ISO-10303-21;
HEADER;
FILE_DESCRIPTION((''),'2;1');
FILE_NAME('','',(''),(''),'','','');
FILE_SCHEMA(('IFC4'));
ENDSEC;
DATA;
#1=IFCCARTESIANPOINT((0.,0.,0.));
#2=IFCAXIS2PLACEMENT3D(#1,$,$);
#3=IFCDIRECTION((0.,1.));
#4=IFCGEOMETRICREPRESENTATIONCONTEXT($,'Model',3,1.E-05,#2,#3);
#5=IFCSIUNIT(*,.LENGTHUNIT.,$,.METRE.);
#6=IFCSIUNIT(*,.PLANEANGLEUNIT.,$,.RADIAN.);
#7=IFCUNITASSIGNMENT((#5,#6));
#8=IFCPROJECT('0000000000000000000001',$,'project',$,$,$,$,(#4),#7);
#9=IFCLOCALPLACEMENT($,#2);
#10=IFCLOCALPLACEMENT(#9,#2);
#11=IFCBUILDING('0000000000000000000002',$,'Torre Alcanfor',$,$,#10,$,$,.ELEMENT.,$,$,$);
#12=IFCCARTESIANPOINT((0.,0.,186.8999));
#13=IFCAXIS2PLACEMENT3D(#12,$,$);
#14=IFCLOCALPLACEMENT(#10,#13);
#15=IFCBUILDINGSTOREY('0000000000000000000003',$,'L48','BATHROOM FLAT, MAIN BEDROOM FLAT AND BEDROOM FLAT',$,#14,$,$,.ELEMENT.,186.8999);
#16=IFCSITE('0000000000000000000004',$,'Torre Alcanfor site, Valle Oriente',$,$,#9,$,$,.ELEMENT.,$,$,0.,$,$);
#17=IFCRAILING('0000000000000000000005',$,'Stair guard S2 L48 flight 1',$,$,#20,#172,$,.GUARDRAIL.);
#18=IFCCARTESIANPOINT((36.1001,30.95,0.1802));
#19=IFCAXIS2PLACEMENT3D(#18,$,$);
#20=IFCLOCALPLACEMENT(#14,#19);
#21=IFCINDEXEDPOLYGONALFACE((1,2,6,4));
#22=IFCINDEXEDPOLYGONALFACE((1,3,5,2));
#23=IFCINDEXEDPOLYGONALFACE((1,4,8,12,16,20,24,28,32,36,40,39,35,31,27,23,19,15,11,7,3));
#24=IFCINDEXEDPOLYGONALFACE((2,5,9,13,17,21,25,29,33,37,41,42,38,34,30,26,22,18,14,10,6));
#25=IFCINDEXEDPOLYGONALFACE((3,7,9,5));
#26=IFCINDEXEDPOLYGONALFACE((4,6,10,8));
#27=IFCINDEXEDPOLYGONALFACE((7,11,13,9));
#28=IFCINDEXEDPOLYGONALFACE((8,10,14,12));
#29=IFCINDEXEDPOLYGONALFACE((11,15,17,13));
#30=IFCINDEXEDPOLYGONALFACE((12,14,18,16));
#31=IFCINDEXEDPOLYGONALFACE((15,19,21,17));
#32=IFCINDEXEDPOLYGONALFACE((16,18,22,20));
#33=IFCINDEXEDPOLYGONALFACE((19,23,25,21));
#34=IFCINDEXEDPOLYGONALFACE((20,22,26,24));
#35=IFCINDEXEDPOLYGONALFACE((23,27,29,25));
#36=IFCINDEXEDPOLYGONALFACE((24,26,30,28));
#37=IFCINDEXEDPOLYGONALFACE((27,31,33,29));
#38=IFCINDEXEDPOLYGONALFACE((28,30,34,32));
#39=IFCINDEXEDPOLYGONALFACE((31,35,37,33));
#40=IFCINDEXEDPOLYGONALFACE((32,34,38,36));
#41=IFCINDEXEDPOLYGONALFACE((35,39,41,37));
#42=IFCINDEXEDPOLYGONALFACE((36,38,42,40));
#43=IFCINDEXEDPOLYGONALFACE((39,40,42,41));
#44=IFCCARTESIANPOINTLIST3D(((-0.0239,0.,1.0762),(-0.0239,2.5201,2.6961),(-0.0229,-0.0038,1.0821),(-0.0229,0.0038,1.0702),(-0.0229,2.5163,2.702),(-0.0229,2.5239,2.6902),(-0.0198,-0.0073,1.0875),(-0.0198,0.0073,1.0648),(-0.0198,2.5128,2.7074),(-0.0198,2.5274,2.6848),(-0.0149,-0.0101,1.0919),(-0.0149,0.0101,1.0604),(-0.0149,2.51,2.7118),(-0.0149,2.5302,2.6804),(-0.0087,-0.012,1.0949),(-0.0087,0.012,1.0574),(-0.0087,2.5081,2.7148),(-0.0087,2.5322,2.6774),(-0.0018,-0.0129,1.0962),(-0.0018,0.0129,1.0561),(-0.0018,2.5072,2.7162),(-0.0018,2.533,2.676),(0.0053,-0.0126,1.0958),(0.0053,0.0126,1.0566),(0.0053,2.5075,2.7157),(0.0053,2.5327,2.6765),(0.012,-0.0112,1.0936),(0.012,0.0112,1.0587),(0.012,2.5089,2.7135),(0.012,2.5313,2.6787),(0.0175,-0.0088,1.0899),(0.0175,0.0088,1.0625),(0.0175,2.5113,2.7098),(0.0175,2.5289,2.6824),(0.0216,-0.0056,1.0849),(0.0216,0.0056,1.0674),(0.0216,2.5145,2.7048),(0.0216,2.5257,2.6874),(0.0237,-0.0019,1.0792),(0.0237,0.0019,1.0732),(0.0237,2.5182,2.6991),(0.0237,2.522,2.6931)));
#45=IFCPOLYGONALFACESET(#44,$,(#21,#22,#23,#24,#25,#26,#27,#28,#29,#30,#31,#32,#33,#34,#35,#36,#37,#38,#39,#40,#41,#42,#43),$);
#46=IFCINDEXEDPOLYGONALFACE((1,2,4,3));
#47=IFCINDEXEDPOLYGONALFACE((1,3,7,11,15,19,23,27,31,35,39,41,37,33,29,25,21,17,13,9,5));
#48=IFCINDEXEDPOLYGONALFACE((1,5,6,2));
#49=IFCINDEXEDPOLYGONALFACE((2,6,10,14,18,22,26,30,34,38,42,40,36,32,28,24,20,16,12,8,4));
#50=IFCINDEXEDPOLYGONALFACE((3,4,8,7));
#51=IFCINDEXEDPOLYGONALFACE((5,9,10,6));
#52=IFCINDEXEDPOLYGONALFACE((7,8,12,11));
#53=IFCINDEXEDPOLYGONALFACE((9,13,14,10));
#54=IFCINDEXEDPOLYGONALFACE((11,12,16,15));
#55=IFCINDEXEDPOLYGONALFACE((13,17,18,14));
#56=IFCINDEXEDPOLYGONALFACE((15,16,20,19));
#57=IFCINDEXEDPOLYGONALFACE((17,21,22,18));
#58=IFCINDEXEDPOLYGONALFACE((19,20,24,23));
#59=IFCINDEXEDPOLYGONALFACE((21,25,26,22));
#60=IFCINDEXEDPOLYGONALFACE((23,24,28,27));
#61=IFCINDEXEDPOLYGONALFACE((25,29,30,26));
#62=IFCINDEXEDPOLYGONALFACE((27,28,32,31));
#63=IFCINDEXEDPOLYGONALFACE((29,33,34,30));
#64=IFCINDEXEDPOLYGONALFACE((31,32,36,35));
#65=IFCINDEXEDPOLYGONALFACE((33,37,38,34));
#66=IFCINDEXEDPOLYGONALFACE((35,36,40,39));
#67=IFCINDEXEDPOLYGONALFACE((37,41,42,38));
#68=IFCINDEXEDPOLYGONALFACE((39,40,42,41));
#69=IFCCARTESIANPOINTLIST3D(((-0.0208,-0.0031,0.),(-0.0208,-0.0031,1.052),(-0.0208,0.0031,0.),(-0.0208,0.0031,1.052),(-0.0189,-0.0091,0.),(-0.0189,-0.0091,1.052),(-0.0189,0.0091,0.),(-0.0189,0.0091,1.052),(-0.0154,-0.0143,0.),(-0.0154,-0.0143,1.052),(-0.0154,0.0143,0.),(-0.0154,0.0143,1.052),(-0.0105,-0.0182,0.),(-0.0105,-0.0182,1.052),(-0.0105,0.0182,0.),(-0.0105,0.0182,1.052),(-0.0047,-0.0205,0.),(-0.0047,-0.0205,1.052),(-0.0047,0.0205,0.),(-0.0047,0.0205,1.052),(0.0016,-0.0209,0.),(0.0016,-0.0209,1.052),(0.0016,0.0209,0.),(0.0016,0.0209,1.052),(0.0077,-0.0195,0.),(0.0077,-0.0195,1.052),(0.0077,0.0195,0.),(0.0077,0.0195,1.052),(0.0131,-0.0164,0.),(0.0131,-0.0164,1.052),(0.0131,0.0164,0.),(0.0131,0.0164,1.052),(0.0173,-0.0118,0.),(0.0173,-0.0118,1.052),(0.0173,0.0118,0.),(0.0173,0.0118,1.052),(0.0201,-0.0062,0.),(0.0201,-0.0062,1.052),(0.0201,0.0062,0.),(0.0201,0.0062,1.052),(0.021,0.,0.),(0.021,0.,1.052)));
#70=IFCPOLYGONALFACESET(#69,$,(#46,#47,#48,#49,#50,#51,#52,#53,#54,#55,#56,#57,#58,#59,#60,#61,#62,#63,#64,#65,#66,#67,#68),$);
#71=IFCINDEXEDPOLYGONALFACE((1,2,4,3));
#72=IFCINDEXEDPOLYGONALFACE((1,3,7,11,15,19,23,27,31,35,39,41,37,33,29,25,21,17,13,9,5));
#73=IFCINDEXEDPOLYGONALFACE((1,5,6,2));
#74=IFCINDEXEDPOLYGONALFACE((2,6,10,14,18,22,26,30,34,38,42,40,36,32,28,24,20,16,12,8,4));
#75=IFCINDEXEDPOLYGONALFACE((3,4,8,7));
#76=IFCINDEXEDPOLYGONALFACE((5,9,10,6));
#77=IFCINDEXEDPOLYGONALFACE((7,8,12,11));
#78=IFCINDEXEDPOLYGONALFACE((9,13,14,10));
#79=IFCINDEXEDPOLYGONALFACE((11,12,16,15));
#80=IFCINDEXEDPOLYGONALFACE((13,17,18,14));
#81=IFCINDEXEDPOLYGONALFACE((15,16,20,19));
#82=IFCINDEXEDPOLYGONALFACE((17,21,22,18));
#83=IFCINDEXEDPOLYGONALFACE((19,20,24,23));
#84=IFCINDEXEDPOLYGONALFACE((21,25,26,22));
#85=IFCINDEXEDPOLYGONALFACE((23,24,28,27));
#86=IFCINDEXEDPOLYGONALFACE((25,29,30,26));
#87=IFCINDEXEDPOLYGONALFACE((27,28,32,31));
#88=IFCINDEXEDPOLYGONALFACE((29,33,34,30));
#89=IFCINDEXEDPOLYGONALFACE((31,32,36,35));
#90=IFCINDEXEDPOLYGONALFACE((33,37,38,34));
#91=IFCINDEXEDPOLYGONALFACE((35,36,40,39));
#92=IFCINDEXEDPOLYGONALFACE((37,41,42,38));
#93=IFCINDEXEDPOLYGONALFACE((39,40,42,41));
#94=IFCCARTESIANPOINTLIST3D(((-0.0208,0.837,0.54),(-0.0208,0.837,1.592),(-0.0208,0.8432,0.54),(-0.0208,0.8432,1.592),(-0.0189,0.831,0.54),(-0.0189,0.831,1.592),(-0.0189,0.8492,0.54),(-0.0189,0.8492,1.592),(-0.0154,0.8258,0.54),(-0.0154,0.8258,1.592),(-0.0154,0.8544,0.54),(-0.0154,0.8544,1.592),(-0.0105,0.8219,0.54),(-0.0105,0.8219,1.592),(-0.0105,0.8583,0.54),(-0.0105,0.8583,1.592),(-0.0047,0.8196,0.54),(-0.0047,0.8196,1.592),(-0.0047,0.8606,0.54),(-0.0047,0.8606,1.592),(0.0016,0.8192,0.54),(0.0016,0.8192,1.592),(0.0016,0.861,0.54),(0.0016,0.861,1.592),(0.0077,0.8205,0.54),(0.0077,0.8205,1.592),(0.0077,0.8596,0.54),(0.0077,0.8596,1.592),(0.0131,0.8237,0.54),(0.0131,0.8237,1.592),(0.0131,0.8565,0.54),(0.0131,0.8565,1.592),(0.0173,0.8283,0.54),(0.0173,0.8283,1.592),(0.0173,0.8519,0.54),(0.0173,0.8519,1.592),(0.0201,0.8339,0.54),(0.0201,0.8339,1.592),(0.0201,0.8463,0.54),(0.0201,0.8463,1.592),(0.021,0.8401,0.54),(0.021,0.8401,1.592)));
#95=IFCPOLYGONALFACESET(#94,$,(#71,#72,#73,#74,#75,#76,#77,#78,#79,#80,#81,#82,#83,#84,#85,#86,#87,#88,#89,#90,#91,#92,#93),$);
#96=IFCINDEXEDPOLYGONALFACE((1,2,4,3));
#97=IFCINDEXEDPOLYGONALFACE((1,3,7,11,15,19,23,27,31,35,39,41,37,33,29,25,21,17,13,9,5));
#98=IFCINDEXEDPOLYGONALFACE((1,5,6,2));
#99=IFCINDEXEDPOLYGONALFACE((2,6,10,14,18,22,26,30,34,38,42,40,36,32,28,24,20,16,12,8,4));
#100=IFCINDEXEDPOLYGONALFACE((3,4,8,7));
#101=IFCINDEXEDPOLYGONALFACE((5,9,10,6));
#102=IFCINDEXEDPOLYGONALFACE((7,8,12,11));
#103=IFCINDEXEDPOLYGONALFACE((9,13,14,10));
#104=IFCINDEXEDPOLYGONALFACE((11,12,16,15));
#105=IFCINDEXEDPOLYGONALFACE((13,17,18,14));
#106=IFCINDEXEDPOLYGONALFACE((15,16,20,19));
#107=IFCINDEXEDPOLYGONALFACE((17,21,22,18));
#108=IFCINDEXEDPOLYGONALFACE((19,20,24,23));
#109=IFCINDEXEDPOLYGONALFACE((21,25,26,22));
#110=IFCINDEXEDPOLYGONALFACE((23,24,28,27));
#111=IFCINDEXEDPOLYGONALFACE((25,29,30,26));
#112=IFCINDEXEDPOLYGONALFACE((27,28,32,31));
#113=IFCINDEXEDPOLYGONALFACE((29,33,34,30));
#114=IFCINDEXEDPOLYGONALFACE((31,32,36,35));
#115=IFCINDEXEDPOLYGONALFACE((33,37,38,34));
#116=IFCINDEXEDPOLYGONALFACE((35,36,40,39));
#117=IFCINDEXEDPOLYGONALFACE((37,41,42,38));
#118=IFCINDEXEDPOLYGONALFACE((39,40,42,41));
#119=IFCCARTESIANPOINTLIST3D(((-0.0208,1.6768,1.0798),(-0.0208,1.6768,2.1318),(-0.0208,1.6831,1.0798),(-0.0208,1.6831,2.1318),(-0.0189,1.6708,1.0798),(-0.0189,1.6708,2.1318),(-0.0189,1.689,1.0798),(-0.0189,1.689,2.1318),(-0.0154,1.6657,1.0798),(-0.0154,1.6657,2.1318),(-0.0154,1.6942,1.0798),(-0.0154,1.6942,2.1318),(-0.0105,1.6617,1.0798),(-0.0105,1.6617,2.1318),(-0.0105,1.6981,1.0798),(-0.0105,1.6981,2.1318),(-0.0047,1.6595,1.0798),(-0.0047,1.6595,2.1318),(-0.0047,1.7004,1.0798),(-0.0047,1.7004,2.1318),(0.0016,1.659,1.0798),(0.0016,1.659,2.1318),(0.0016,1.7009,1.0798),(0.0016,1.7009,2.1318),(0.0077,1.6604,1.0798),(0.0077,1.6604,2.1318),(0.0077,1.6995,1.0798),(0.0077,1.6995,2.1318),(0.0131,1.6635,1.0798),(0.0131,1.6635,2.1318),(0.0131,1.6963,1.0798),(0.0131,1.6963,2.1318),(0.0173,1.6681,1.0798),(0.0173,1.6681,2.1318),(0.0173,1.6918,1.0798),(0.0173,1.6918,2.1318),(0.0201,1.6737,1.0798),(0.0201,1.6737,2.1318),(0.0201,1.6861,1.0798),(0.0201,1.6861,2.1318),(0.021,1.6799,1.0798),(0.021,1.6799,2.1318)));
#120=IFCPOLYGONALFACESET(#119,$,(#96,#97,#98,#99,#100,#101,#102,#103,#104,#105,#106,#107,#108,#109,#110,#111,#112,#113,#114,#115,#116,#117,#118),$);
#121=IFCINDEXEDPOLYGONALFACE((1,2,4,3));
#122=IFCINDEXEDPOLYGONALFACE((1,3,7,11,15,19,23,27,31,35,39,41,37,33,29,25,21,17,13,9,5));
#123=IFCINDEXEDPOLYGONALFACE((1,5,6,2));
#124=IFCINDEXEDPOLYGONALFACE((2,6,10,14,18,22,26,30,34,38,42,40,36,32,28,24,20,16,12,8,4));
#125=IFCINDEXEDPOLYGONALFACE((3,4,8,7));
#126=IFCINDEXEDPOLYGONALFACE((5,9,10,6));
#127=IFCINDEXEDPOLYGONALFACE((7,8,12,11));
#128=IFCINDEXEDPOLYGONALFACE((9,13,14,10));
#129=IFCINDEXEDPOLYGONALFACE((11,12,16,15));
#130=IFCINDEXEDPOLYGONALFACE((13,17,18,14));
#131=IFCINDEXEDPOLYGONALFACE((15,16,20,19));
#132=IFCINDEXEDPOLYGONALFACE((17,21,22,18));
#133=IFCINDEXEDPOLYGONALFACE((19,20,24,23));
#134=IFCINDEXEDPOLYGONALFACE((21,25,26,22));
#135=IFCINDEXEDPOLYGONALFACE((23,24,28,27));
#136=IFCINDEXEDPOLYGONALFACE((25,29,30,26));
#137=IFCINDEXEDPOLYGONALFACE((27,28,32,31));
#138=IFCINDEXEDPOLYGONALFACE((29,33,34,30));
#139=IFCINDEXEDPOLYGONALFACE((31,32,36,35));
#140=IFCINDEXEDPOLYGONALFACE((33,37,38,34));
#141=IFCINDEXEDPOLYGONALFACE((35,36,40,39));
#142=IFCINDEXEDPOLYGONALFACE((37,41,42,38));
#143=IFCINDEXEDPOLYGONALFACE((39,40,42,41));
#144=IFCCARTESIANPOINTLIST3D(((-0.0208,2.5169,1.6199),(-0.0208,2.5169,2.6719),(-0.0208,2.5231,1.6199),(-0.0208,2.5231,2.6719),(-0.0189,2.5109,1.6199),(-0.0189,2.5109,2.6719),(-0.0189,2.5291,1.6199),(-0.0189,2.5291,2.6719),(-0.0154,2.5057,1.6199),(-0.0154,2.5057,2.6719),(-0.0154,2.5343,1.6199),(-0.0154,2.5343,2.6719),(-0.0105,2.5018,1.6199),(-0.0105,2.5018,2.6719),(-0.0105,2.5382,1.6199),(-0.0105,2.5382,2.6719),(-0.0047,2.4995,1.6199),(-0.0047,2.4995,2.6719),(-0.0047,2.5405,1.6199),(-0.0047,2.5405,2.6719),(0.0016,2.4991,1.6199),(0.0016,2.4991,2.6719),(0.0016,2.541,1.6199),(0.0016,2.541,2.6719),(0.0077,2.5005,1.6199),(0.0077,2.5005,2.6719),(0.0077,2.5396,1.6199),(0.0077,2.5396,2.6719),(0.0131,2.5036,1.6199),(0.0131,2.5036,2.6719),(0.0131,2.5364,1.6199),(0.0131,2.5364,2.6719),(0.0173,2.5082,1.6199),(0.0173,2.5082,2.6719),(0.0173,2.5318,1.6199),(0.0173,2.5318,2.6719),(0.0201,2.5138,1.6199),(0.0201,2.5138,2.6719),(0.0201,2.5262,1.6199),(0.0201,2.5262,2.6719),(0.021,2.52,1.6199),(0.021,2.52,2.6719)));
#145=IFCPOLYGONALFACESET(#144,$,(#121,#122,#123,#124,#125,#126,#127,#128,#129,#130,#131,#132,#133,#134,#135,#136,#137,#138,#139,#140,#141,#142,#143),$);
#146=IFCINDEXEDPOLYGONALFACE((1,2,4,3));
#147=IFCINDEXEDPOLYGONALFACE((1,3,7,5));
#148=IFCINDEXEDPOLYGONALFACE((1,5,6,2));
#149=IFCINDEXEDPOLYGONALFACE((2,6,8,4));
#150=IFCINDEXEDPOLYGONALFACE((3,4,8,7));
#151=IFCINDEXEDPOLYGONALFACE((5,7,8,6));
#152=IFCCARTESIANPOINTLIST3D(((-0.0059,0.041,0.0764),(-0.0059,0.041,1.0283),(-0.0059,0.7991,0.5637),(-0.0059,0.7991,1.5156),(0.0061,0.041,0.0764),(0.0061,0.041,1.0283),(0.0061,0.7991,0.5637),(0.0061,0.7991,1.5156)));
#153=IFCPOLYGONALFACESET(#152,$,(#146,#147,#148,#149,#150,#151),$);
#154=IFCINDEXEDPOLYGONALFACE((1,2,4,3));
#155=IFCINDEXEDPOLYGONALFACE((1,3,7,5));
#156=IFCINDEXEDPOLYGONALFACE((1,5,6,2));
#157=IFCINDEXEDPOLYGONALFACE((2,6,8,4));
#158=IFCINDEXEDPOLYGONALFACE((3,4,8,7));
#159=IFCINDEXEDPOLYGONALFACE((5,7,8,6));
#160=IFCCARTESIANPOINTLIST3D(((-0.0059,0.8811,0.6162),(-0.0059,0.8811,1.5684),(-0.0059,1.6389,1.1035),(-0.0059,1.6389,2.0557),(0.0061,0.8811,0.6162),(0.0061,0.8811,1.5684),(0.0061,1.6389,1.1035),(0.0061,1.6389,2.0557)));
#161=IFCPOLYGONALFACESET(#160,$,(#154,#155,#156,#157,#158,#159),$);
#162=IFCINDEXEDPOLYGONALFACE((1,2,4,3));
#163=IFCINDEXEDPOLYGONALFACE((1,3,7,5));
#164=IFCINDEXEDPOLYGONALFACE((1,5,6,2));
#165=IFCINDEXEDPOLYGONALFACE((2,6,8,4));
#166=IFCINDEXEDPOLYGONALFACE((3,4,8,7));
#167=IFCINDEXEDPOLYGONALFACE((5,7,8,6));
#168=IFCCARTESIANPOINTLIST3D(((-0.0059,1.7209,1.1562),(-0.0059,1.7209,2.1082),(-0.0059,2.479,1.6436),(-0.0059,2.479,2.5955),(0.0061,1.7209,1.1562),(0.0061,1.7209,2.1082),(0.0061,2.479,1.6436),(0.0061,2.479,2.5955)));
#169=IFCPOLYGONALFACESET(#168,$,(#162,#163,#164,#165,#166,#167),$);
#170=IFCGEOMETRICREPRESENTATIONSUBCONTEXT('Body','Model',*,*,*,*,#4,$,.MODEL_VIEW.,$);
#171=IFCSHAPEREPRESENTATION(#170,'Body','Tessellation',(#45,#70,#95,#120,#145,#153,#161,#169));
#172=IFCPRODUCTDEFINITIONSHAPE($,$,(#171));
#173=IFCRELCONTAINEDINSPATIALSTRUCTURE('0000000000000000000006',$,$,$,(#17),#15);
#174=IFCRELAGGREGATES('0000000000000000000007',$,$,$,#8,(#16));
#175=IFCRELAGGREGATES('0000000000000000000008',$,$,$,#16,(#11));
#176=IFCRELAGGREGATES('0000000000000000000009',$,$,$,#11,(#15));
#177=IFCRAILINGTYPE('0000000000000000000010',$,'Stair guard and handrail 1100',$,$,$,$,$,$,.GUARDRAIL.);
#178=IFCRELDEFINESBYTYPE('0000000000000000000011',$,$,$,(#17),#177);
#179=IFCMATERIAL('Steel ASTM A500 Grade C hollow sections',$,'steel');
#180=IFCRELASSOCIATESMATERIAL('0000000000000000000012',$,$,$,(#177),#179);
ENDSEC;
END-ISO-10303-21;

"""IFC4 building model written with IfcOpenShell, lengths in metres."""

from ifc_helpers import new_model, si_unit, direction, frame, origin, origin_2d, place, context, subcontext, project, spatial, polyline, circle, outline, extrude, material, type_object, element, save


model = new_model("IFC4")

# Units and contexts
model_context = context("Model", 3, precision=1e-05, world=origin(), true_north=direction((0.0, 1.0)))
body_context = subcontext(model_context, "Body", "Model", "MODEL_VIEW")
ifc_project = project(units=[si_unit("LENGTHUNIT", "METRE"), si_unit("PLANEANGLEUNIT", "RADIAN")], contexts=[model_context])

# Site, building, storey
site_placement = place(None, origin())
site = spatial("IfcSite", under=ifc_project, at=site_placement, Name="Torre Alcanfor site, Valle Oriente", CompositionType="ELEMENT", RefElevation=0.0)
building_placement = place(site_placement, origin())
building = spatial("IfcBuilding", under=site, at=building_placement, Name="Torre Alcanfor", CompositionType="ELEMENT")
storey_placement = place(building_placement, frame((0.0, 0.0, 186.8999)))
storey = spatial("IfcBuildingStorey", under=building, at=storey_placement, Name="L48", Description="BATHROOM FLAT, MAIN BEDROOM FLAT AND BEDROOM FLAT", CompositionType="ELEMENT", Elevation=186.8999)

# Railing
ifc_material_1 = material(Name="Steel ASTM A500 Grade C hollow sections", Category="steel")
railing_type_1 = type_object("IfcRailingType", Name="Stair guard and handrail 1100", PredefinedType="GUARDRAIL", material=ifc_material_1)
railing_1_placement = place(storey_placement, frame((36.1001, 30.95, 0.1802)))
element("IfcRailing", 1, at=railing_1_placement, inside=storey, type_object=railing_type_1, Name="Stair guard S2 L48 flight 1", PredefinedType="GUARDRAIL", context=body_context, shape_type="SweptSolid", body=[
    extrude(circle(Radius=0.0239, at=origin_2d()), frame((0.0, 0.0, 1.0762), z_axis=(0.0, 0.8412, 0.540725), x_axis=(-1.0, 0.0, 0.0)), (0.0, 0.0, 1.0), 2.9958),
    extrude(circle(Radius=0.021, at=origin_2d()), origin(), (0.0, 0.0, 1.0), 1.052),
    extrude(circle(Radius=0.021, at=origin_2d()), frame((0.0, 0.8401, 0.54)), (0.0, 0.0, 1.0), 1.052),
    extrude(circle(Radius=0.021, at=origin_2d()), frame((0.0, 1.6799, 1.0798)), (0.0, 0.0, 1.0), 1.052),
    extrude(circle(Radius=0.021, at=origin_2d()), frame((0.0, 2.52, 1.6199)), (0.0, 0.0, 1.0), 1.052),
    extrude(outline(polyline([(0.041, 0.0764), (0.7991, 0.5637), (0.7991, 1.5156), (0.041, 1.0283), (0.041, 0.0764)])), frame((-0.0059, 0.0, 0.0), z_axis=(1.0, 0.0, 0.0), x_axis=(0.0, 1.0, 0.0)), (0.0, 0.0, 1.0), 0.012),
    extrude(outline(polyline([(0.8811, 0.6162), (1.6389, 1.1035), (1.6389, 2.0557), (0.8811, 1.5684), (0.8811, 0.6162)])), frame((-0.0059, 0.0, 0.0), z_axis=(1.0, 0.0, 0.0), x_axis=(0.0, 1.0, 0.0)), (0.0, 0.0, 1.0), 0.012),
    extrude(outline(polyline([(1.7209, 1.1562), (2.479, 1.6436), (2.479, 2.5955), (1.7209, 2.1082), (1.7209, 1.1562)])), frame((-0.0059, 0.0, 0.0), z_axis=(1.0, 0.0, 0.0), x_axis=(0.0, 1.0, 0.0)), (0.0, 0.0, 1.0), 0.012),
])

save(model, "model.ifc")
